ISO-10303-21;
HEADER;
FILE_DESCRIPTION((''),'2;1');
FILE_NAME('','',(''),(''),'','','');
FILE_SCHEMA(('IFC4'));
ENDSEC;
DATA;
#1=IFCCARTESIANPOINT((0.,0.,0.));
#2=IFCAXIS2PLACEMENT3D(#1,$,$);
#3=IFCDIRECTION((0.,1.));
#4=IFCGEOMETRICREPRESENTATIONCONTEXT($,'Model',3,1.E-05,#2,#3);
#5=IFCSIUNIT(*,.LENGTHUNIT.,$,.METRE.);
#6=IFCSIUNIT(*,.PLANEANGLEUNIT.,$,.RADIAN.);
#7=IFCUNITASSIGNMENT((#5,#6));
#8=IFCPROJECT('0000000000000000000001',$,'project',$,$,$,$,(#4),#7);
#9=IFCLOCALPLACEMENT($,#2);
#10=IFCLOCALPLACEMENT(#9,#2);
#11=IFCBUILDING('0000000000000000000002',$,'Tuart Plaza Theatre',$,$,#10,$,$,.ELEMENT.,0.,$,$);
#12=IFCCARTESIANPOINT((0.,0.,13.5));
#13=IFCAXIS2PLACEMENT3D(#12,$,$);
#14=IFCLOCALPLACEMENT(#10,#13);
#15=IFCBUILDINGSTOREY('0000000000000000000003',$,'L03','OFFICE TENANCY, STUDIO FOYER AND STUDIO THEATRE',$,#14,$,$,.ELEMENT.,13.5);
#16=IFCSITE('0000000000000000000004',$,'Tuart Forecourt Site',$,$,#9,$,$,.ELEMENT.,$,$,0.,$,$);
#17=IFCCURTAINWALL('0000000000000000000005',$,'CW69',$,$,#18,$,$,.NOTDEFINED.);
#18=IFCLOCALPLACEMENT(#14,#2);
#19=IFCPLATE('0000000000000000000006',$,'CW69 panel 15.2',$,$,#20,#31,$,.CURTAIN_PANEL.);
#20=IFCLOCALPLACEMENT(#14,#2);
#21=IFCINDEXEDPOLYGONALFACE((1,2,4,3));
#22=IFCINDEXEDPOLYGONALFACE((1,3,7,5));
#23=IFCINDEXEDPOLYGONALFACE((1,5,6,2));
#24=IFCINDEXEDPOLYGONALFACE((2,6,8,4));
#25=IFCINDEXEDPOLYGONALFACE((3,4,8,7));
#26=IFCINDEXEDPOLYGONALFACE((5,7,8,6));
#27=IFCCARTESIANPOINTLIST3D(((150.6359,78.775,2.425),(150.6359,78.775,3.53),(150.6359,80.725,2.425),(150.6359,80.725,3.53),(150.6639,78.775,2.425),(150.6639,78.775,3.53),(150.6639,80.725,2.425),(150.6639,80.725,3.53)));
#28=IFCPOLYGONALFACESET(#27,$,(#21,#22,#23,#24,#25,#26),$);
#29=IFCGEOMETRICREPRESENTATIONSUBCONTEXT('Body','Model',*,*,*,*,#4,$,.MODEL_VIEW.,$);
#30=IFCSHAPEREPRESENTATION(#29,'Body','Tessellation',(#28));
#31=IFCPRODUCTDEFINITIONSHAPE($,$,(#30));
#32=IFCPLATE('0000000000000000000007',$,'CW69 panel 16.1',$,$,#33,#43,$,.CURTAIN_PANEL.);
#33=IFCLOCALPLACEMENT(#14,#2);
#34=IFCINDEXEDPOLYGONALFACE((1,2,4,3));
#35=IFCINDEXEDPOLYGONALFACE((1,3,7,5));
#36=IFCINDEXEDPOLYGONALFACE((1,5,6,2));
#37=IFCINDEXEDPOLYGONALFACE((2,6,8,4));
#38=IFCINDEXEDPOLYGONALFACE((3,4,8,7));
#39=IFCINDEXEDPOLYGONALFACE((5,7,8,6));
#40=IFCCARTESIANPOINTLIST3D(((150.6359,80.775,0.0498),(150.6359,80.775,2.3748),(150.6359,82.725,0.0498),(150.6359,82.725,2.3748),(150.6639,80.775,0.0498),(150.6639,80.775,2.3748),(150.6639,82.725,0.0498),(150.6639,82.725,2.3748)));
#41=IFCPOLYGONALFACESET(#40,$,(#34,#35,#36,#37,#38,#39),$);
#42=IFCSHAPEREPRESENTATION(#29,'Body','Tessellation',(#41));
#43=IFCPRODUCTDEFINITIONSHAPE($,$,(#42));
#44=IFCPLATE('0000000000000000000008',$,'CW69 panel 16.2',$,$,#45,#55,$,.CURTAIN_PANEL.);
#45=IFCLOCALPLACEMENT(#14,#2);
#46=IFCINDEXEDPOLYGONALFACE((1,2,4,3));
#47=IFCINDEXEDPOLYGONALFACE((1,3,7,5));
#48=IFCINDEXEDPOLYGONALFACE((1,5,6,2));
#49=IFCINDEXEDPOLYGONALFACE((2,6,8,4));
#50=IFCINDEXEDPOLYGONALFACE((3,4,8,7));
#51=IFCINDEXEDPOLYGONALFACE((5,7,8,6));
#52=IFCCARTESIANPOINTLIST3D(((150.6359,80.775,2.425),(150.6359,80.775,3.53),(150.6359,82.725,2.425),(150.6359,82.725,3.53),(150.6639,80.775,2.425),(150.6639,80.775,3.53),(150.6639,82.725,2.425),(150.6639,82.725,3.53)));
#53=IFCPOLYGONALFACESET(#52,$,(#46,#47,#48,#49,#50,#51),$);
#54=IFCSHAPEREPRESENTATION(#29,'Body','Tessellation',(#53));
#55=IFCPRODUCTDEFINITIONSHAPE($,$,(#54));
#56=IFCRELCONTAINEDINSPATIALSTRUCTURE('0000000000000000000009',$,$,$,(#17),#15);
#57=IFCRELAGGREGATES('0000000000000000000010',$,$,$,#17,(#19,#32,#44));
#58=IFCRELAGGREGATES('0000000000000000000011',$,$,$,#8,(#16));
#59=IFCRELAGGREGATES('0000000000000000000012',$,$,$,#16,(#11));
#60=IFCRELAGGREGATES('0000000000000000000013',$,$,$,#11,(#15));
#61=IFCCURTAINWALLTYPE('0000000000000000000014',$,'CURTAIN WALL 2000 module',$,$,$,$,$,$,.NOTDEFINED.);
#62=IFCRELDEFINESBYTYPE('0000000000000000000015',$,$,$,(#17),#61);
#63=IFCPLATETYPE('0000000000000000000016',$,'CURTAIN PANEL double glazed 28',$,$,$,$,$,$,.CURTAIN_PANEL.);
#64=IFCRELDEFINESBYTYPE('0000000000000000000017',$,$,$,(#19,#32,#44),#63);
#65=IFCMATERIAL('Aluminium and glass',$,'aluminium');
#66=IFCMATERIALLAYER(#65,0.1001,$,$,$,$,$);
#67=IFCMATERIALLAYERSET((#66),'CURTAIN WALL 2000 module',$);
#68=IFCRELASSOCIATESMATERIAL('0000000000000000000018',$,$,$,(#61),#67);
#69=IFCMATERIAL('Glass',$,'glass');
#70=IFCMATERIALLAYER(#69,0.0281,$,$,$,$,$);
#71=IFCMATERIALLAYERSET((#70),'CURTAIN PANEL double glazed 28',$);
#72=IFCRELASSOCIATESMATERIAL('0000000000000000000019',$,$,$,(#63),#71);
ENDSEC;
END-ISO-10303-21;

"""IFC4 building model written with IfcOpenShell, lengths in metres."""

from ifc_helpers import new_model, si_unit, direction, frame, origin, origin_2d, place, context, subcontext, project, spatial, rectangle, extrude, material, layer, layer_set, type_object, element, aggregate, save


model = new_model("IFC4")

# Units and contexts
model_context = context("Model", 3, precision=1e-05, world=origin(), true_north=direction((0.0, 1.0)))
body_context = subcontext(model_context, "Body", "Model", "MODEL_VIEW")
ifc_project = project(units=[si_unit("LENGTHUNIT", "METRE"), si_unit("PLANEANGLEUNIT", "RADIAN")], contexts=[model_context])

# Site, building, storey
site_placement = place(None, origin())
site = spatial("IfcSite", under=ifc_project, at=site_placement, Name="Tuart Forecourt Site", CompositionType="ELEMENT", RefElevation=0.0)
building_placement = place(site_placement, origin())
building = spatial("IfcBuilding", under=site, at=building_placement, Name="Tuart Plaza Theatre", CompositionType="ELEMENT", ElevationOfRefHeight=0.0)
storey_placement = place(building_placement, frame((0.0, 0.0, 13.5)))
storey = spatial("IfcBuildingStorey", under=building, at=storey_placement, Name="L03", Description="OFFICE TENANCY, STUDIO FOYER AND STUDIO THEATRE", CompositionType="ELEMENT", Elevation=13.5)

# Curtain wall, plates
ifc_material_1 = material(Name="Aluminium and glass", Category="aluminium")
ifc_layer_1 = layer(ifc_material_1, 0.1001)
ifc_layer_set_1 = layer_set([ifc_layer_1], Name="CURTAIN WALL 2000 module")
curtain_wall_type = type_object("IfcCurtainWallType", Name="CURTAIN WALL 2000 module", PredefinedType="NOTDEFINED", material=ifc_layer_set_1)
curtain_wall_placement = place(storey_placement, origin())
curtain_wall = element("IfcCurtainWall", 1, at=curtain_wall_placement, inside=storey, type_object=curtain_wall_type, Name="CW69", PredefinedType="NOTDEFINED")
ifc_material_2 = material(Name="Glass", Category="glass")
ifc_layer_2 = layer(ifc_material_2, 0.0281)
ifc_layer_set_2 = layer_set([ifc_layer_2], Name="CURTAIN PANEL double glazed 28")
plate_type = type_object("IfcPlateType", Name="CURTAIN PANEL double glazed 28", PredefinedType="CURTAIN_PANEL", material=ifc_layer_set_2)
plate_1_placement = place(storey_placement, frame((150.6499, 79.75, 2.425), z_axis=(0.0, 0.0, 1.0), x_axis=(0.0, 1.0, 0.0)))
plate_1 = element("IfcPlate", 2, at=plate_1_placement, type_object=plate_type, Name="CW69 panel 15.2", PredefinedType="CURTAIN_PANEL", context=body_context, shape_type="SweptSolid", body=[
    extrude(rectangle(XDim=1.95, YDim=0.0281, at=origin_2d()), origin(), (0.0, 0.0, 1.0), 1.105),
])
plate_2_placement = place(storey_placement, frame((150.6499, 81.75, 0.0498), z_axis=(0.0, 0.0, 1.0), x_axis=(0.0, 1.0, 0.0)))
plate_2 = element("IfcPlate", 3, at=plate_2_placement, type_object=plate_type, Name="CW69 panel 16.1", PredefinedType="CURTAIN_PANEL", context=body_context, shape_type="SweptSolid", body=[
    extrude(rectangle(XDim=1.95, YDim=0.0281, at=origin_2d()), origin(), (0.0, 0.0, 1.0), 2.325),
])
plate_3_placement = place(storey_placement, frame((150.6499, 81.75, 2.425), z_axis=(0.0, 0.0, 1.0), x_axis=(0.0, 1.0, 0.0)))
plate_3 = element("IfcPlate", 4, at=plate_3_placement, type_object=plate_type, Name="CW69 panel 16.2", PredefinedType="CURTAIN_PANEL", context=body_context, shape_type="SweptSolid", body=[
    extrude(rectangle(XDim=1.95, YDim=0.0281, at=origin_2d()), origin(), (0.0, 0.0, 1.0), 1.105),
])
aggregate(curtain_wall, [plate_1, plate_2, plate_3])

save(model, "model.ifc")
